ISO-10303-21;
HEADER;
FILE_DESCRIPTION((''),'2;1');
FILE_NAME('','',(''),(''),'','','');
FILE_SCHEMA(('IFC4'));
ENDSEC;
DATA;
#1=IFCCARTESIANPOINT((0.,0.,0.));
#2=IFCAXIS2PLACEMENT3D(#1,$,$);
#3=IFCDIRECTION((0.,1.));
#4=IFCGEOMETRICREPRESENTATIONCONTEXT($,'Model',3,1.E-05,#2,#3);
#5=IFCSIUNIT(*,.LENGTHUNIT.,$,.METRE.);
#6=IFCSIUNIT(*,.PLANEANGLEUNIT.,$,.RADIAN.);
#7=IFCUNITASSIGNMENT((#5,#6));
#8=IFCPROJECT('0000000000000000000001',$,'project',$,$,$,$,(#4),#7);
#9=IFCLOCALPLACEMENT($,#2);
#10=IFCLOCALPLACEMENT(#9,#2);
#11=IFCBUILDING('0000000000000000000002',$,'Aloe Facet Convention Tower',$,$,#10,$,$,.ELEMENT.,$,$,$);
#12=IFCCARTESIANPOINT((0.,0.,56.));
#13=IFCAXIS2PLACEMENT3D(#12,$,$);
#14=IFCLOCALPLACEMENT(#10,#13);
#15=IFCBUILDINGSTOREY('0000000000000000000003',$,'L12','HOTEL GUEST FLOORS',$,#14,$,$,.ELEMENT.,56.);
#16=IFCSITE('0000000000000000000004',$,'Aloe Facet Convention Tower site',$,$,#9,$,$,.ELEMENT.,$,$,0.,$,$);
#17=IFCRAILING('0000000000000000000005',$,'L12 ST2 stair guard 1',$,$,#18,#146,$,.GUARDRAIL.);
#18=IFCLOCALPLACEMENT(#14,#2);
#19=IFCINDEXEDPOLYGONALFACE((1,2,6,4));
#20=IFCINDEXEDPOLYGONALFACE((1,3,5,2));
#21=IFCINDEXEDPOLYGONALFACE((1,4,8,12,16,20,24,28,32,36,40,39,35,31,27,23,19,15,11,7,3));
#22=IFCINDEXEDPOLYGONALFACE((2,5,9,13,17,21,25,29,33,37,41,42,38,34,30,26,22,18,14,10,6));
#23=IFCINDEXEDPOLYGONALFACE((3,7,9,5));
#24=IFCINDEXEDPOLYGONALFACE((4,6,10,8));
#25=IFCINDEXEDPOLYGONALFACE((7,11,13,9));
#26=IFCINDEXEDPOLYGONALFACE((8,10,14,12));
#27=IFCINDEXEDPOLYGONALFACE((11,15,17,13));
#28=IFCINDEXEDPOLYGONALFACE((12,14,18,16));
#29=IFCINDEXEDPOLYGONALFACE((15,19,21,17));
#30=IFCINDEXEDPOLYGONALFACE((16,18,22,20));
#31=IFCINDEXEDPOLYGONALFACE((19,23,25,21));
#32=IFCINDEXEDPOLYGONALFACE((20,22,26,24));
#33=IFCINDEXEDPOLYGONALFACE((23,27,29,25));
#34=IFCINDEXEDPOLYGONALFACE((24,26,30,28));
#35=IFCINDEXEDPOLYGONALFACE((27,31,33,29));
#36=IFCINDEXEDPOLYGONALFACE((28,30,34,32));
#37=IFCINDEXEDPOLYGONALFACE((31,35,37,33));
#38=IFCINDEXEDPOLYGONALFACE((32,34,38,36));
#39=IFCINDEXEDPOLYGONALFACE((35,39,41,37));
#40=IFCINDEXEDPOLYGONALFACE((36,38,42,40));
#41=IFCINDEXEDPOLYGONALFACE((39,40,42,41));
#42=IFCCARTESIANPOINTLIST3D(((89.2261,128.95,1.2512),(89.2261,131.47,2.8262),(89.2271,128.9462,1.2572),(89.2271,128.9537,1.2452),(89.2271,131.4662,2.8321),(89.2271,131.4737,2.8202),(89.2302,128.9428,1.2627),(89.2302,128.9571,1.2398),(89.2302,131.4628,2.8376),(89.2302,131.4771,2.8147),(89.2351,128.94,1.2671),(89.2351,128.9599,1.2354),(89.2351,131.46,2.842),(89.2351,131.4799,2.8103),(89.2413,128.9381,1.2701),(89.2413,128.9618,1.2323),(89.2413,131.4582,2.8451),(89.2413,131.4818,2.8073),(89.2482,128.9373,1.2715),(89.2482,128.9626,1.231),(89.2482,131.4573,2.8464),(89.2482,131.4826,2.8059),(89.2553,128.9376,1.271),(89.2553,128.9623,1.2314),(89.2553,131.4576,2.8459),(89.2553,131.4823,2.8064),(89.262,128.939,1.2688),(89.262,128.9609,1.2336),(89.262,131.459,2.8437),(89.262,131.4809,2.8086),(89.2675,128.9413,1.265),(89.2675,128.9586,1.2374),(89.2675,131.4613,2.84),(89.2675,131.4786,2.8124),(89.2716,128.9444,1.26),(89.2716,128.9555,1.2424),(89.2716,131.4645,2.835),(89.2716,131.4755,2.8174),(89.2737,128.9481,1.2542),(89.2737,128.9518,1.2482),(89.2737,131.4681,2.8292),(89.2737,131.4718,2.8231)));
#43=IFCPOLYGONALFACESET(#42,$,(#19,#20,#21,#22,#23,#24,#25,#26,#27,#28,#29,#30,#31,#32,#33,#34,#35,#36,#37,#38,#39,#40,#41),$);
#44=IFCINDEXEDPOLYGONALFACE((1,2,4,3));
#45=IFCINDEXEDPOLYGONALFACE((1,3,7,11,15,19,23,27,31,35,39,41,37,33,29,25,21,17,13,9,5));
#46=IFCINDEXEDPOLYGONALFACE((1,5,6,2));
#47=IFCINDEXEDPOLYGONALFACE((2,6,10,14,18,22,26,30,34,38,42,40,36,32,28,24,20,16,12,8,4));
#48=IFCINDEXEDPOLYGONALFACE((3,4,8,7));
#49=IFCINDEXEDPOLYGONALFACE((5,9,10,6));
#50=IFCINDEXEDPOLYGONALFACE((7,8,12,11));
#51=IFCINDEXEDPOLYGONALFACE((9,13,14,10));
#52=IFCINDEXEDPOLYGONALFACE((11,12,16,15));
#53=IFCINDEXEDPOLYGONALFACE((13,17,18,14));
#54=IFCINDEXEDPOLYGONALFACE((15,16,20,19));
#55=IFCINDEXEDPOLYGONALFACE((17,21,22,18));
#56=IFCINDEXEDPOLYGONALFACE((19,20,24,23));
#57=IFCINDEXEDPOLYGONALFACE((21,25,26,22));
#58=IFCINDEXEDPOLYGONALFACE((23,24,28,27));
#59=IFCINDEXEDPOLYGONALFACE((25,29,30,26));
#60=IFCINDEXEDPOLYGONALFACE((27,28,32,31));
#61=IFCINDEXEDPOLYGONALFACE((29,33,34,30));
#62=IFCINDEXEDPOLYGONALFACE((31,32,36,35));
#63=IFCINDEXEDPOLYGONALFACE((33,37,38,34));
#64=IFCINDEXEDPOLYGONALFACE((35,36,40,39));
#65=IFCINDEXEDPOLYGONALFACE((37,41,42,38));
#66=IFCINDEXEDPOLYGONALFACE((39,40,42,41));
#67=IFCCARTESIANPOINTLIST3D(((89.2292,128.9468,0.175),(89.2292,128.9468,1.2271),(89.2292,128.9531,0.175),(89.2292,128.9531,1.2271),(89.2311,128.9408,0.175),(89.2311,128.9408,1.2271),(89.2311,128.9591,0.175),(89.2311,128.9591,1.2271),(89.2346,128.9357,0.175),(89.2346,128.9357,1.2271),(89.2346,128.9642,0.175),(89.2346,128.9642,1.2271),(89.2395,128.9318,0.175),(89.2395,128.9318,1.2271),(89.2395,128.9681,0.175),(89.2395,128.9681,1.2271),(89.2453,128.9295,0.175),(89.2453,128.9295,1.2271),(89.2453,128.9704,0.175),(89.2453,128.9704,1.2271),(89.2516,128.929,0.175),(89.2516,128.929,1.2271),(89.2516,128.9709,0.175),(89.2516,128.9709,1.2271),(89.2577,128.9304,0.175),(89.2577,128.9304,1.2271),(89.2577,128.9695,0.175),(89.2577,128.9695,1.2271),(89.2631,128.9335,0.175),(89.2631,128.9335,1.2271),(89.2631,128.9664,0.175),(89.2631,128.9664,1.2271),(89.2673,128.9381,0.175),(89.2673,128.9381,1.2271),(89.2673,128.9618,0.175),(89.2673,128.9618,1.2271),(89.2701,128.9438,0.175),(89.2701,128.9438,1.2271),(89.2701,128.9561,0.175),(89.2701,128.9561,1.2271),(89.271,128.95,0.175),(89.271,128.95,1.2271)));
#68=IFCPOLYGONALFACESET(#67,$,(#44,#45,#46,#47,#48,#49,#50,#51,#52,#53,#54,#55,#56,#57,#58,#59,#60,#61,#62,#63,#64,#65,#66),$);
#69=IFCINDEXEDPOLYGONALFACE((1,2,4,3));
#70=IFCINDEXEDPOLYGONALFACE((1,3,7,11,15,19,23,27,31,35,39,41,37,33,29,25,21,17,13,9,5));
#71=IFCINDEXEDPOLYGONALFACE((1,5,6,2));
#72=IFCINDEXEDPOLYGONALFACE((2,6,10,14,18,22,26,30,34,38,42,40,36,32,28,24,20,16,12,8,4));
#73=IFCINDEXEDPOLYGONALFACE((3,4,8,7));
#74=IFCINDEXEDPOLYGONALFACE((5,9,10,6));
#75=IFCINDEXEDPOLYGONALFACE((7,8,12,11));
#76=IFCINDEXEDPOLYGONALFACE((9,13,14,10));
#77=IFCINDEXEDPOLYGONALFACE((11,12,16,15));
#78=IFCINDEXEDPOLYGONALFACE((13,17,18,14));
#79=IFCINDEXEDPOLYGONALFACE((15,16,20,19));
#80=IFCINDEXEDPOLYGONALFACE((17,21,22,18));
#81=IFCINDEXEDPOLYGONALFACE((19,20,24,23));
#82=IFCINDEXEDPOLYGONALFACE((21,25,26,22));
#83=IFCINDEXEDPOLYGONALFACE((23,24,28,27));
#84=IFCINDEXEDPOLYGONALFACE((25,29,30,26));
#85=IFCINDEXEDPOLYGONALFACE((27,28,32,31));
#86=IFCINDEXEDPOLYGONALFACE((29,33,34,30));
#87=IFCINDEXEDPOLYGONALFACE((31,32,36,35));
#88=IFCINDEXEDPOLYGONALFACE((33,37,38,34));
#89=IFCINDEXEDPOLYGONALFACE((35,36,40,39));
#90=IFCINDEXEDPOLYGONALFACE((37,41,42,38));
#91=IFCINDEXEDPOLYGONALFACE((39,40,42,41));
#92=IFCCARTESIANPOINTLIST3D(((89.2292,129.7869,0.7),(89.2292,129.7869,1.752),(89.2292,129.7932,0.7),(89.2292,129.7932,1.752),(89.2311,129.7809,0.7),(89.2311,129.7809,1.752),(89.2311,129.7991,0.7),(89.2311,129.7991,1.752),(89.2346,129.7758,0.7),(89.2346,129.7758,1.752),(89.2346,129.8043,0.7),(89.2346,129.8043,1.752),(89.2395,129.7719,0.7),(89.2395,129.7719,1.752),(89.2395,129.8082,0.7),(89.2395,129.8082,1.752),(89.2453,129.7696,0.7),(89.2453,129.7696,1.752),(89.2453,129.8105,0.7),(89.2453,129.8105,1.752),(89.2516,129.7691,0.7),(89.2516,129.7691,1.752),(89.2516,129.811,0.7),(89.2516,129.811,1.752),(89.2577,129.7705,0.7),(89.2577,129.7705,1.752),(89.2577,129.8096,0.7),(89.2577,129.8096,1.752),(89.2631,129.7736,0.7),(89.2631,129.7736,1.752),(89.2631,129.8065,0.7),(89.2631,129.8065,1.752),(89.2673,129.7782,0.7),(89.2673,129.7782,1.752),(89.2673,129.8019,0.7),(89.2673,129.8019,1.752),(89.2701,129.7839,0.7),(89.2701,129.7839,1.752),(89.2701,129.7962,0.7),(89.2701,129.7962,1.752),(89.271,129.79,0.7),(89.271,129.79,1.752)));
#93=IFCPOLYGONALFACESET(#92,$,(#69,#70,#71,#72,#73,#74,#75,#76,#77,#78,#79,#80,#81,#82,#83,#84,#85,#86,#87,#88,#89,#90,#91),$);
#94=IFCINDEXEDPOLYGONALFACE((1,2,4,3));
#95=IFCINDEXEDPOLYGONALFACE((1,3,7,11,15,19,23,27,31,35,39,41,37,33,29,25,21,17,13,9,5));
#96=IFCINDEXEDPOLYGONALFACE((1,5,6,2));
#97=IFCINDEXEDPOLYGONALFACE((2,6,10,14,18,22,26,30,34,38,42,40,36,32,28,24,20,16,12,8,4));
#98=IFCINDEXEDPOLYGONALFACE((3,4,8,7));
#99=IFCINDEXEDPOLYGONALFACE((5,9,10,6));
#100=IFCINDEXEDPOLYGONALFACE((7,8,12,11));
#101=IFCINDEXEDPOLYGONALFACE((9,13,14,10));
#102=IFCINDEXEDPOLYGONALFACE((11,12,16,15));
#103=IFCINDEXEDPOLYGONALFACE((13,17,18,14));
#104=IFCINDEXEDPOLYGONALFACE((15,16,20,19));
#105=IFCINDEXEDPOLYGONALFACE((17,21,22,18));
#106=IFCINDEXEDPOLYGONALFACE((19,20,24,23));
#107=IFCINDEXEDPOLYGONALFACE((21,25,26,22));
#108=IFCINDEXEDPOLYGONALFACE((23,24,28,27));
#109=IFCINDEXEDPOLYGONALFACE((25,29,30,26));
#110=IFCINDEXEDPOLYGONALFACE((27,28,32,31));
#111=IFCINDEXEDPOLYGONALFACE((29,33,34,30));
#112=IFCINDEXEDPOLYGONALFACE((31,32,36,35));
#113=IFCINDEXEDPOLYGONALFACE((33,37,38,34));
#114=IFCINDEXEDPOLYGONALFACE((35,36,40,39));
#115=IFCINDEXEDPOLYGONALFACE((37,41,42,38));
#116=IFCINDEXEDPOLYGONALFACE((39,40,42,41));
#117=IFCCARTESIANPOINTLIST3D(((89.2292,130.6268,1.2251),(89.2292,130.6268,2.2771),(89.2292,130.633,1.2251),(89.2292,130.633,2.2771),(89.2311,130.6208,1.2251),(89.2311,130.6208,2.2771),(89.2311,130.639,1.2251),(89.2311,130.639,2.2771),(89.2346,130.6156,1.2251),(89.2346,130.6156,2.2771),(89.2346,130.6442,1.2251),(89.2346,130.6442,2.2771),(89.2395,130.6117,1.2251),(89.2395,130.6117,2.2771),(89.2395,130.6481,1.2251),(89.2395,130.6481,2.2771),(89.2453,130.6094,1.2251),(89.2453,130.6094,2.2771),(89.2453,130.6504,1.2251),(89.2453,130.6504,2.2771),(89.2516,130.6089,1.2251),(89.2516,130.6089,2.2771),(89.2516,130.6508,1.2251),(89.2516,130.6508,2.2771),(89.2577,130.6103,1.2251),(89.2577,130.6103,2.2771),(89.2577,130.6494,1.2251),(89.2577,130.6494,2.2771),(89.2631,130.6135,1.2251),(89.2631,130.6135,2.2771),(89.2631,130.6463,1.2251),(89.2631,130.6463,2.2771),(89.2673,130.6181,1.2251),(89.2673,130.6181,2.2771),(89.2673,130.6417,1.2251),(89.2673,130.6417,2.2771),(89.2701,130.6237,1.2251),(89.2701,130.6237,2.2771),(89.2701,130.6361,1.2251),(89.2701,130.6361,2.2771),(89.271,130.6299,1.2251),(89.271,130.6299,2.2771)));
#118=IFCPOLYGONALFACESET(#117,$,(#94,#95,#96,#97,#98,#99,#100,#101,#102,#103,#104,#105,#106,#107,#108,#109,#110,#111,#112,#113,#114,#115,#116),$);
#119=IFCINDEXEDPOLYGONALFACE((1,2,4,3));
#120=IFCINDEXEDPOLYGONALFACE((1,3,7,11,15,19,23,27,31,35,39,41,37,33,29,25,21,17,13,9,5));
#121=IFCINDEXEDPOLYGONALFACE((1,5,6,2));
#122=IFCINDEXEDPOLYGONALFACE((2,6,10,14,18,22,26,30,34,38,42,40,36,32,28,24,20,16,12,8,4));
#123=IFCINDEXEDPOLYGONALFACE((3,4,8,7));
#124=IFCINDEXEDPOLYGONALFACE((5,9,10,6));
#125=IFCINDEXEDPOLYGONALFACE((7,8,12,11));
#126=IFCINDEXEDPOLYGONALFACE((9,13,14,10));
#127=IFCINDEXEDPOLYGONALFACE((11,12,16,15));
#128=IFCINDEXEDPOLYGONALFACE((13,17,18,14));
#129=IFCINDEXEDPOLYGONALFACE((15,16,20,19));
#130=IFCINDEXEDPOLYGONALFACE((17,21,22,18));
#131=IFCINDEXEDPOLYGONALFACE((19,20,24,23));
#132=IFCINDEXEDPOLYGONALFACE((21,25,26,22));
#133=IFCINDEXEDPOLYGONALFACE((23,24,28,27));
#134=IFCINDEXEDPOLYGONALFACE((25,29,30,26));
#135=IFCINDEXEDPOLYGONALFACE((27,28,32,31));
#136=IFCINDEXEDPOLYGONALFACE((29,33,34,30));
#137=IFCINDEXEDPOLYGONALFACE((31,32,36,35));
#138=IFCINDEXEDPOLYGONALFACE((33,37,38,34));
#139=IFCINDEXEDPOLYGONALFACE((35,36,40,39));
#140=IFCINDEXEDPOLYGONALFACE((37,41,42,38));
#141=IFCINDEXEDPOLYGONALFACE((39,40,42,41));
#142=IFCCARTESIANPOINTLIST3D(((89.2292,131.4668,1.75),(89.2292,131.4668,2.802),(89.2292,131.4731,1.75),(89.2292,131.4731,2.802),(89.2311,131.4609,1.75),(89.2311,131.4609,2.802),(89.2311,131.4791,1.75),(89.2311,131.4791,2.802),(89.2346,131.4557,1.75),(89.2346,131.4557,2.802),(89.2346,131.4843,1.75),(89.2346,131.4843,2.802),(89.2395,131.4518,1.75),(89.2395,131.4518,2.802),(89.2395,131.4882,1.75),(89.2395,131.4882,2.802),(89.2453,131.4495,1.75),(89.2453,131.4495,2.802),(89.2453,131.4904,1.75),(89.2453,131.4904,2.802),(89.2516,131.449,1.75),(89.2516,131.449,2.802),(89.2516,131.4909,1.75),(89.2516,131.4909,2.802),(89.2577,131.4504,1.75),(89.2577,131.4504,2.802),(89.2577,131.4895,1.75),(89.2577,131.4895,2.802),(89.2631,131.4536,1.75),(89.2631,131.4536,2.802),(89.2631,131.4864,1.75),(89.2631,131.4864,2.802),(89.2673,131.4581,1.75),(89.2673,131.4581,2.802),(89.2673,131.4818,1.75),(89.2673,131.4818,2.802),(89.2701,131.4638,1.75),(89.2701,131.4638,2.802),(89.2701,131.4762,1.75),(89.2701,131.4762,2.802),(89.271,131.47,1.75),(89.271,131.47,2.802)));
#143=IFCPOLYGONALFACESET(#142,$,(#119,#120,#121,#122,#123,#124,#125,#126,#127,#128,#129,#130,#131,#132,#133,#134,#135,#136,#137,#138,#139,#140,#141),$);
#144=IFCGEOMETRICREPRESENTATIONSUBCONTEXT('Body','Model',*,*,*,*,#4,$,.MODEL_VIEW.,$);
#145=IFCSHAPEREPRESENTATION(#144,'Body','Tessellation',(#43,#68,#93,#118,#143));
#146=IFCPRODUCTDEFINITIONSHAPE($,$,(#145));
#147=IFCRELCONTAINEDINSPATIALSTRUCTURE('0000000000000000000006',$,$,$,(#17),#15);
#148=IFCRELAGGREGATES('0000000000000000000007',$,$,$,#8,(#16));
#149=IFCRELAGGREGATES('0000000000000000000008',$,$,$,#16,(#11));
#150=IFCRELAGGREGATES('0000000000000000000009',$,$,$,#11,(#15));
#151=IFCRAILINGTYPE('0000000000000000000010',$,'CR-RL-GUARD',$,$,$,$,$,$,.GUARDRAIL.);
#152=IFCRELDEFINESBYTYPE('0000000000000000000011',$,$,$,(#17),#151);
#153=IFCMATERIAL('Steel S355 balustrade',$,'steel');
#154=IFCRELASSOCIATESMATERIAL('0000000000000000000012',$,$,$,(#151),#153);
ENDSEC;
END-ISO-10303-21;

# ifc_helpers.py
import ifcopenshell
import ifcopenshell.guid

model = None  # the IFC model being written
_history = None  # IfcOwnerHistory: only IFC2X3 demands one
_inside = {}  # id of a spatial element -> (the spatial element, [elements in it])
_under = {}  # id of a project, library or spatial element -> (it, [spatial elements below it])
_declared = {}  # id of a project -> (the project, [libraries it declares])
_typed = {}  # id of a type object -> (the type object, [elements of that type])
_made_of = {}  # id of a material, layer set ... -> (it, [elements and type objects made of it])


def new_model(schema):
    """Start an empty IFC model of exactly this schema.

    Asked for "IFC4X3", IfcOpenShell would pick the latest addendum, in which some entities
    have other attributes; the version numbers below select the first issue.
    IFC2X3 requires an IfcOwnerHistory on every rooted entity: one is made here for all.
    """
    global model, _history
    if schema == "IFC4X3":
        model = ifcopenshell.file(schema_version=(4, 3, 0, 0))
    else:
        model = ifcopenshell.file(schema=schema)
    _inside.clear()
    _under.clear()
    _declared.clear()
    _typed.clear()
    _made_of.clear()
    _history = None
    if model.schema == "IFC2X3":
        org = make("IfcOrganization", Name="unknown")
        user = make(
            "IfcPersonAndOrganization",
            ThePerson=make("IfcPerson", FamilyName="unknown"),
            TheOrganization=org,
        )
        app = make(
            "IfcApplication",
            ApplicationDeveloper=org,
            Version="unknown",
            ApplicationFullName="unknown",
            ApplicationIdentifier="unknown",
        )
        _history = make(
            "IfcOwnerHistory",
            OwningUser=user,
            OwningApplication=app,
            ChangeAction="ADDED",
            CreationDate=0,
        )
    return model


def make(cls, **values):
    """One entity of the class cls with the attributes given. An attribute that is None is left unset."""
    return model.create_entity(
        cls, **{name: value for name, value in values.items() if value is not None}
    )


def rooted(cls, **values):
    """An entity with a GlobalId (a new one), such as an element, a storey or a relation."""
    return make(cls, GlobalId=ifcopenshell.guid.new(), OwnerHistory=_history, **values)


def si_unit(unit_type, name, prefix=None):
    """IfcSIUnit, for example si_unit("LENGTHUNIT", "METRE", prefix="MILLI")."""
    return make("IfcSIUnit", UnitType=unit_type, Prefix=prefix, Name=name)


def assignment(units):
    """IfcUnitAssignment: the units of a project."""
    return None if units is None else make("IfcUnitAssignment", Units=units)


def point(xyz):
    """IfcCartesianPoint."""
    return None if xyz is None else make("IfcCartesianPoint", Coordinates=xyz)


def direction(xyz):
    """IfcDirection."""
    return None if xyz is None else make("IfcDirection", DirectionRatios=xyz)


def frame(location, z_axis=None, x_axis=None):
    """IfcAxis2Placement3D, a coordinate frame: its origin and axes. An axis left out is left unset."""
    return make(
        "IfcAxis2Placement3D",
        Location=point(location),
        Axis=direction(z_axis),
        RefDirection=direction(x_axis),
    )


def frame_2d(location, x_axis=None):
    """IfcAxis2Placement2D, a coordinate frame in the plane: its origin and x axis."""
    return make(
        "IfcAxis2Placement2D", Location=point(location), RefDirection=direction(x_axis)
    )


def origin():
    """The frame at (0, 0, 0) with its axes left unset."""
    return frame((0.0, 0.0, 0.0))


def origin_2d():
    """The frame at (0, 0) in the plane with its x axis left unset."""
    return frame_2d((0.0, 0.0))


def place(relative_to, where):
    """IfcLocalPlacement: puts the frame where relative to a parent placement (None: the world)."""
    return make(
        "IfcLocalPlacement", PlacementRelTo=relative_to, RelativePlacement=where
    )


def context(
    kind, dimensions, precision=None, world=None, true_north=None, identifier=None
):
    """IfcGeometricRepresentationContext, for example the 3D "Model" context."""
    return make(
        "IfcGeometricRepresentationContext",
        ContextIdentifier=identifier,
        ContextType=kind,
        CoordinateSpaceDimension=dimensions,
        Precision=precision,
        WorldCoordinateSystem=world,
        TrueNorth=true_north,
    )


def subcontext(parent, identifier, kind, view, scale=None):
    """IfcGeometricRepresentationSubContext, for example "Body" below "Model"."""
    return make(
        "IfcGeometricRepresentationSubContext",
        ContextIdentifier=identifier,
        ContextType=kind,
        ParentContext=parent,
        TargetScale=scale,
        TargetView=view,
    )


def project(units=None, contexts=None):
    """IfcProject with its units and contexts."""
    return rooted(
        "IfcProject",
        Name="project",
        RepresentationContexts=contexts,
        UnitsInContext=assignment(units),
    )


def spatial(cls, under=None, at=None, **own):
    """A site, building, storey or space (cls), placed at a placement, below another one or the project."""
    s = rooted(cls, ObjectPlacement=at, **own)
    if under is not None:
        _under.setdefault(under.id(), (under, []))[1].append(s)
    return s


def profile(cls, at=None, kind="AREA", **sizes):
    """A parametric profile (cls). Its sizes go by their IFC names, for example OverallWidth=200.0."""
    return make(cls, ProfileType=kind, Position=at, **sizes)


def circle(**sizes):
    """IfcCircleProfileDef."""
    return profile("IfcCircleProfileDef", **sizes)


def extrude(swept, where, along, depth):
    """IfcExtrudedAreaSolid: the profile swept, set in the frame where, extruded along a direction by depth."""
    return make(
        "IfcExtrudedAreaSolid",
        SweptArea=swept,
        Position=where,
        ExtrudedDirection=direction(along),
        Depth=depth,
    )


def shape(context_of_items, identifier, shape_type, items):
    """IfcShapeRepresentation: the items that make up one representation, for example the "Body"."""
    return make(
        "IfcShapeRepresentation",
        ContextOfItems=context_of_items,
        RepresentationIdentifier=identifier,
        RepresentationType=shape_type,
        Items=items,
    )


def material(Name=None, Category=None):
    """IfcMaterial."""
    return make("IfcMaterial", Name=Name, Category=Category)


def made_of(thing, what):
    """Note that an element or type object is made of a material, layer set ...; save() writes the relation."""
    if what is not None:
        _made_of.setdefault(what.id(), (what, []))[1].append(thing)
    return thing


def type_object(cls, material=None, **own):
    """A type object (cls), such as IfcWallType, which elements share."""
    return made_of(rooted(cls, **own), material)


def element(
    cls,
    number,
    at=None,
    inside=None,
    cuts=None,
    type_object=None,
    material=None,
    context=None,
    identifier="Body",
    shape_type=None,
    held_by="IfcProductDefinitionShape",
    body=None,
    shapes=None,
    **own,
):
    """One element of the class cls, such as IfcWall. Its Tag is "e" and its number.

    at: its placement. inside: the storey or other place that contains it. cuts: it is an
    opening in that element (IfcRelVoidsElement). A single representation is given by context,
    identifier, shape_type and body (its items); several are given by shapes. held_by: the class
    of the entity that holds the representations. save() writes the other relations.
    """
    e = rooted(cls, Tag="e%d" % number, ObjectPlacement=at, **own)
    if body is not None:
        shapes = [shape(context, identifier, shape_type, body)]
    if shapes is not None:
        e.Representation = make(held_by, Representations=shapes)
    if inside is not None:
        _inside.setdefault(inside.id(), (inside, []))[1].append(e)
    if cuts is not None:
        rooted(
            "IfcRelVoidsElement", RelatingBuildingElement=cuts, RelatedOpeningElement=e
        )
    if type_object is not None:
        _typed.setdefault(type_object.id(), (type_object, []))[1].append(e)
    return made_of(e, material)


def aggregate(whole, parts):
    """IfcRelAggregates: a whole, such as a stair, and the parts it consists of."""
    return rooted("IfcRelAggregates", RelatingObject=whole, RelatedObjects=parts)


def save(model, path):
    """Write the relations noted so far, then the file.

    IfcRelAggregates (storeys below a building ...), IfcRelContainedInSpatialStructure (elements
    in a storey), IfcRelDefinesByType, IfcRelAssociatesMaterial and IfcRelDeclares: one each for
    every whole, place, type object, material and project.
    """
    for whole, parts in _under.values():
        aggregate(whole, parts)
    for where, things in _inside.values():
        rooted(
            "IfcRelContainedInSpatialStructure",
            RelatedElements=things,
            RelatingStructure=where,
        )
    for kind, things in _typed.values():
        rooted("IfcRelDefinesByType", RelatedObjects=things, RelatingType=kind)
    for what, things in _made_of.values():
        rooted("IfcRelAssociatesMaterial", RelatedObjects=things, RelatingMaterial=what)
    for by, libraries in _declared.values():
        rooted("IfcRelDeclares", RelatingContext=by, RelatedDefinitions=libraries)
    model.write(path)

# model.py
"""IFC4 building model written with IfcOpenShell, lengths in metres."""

from ifc_helpers import new_model, si_unit, direction, frame, origin, origin_2d, place, context, subcontext, project, spatial, circle, extrude, material, type_object, element, save


model = new_model("IFC4")

# Units and contexts
model_context = context("Model", 3, precision=1e-05, world=origin(), true_north=direction((0.0, 1.0)))
body_context = subcontext(model_context, "Body", "Model", "MODEL_VIEW")
ifc_project = project(units=[si_unit("LENGTHUNIT", "METRE"), si_unit("PLANEANGLEUNIT", "RADIAN")], contexts=[model_context])

# Site, building, storey
site_placement = place(None, origin())
site = spatial("IfcSite", under=ifc_project, at=site_placement, Name="Aloe Facet Convention Tower site", CompositionType="ELEMENT", RefElevation=0.0)
building_placement = place(site_placement, origin())
building = spatial("IfcBuilding", under=site, at=building_placement, Name="Aloe Facet Convention Tower", CompositionType="ELEMENT")
storey_placement = place(building_placement, frame((0.0, 0.0, 56.0)))
storey = spatial("IfcBuildingStorey", under=building, at=storey_placement, Name="L12", Description="HOTEL GUEST FLOORS", CompositionType="ELEMENT", Elevation=56.0)

# Railing
ifc_material_1 = material(Name="Steel S355 balustrade", Category="steel")
railing_type_1 = type_object("IfcRailingType", Name="CR-RL-GUARD", PredefinedType="GUARDRAIL", material=ifc_material_1)
railing_1_placement = place(storey_placement, frame((89.25, 128.95, 0.175)))
element("IfcRailing", 1, at=railing_1_placement, inside=storey, type_object=railing_type_1, Name="L12 ST2 stair guard 1", PredefinedType="GUARDRAIL", context=body_context, shape_type="SweptSolid", body=[
    extrude(circle(Radius=0.0239, at=origin_2d()), frame((0.0, 0.0, 1.0762), z_axis=(0.0, 0.848008, 0.529984), x_axis=(-1.0, 0.0, 0.0)), (0.0, 0.0, 1.0), 2.9717),
    extrude(circle(Radius=0.021, at=origin_2d()), origin(), (0.0, 0.0, 1.0), 1.052),
    extrude(circle(Radius=0.021, at=origin_2d()), frame((0.0, 0.8401, 0.5249)), (0.0, 0.0, 1.0), 1.052),
    extrude(circle(Radius=0.021, at=origin_2d()), frame((0.0, 1.6799, 1.05)), (0.0, 0.0, 1.0), 1.052),
    extrude(circle(Radius=0.021, at=origin_2d()), frame((0.0, 2.52, 1.575)), (0.0, 0.0, 1.0), 1.052),
])

save(model, "model.ifc")
